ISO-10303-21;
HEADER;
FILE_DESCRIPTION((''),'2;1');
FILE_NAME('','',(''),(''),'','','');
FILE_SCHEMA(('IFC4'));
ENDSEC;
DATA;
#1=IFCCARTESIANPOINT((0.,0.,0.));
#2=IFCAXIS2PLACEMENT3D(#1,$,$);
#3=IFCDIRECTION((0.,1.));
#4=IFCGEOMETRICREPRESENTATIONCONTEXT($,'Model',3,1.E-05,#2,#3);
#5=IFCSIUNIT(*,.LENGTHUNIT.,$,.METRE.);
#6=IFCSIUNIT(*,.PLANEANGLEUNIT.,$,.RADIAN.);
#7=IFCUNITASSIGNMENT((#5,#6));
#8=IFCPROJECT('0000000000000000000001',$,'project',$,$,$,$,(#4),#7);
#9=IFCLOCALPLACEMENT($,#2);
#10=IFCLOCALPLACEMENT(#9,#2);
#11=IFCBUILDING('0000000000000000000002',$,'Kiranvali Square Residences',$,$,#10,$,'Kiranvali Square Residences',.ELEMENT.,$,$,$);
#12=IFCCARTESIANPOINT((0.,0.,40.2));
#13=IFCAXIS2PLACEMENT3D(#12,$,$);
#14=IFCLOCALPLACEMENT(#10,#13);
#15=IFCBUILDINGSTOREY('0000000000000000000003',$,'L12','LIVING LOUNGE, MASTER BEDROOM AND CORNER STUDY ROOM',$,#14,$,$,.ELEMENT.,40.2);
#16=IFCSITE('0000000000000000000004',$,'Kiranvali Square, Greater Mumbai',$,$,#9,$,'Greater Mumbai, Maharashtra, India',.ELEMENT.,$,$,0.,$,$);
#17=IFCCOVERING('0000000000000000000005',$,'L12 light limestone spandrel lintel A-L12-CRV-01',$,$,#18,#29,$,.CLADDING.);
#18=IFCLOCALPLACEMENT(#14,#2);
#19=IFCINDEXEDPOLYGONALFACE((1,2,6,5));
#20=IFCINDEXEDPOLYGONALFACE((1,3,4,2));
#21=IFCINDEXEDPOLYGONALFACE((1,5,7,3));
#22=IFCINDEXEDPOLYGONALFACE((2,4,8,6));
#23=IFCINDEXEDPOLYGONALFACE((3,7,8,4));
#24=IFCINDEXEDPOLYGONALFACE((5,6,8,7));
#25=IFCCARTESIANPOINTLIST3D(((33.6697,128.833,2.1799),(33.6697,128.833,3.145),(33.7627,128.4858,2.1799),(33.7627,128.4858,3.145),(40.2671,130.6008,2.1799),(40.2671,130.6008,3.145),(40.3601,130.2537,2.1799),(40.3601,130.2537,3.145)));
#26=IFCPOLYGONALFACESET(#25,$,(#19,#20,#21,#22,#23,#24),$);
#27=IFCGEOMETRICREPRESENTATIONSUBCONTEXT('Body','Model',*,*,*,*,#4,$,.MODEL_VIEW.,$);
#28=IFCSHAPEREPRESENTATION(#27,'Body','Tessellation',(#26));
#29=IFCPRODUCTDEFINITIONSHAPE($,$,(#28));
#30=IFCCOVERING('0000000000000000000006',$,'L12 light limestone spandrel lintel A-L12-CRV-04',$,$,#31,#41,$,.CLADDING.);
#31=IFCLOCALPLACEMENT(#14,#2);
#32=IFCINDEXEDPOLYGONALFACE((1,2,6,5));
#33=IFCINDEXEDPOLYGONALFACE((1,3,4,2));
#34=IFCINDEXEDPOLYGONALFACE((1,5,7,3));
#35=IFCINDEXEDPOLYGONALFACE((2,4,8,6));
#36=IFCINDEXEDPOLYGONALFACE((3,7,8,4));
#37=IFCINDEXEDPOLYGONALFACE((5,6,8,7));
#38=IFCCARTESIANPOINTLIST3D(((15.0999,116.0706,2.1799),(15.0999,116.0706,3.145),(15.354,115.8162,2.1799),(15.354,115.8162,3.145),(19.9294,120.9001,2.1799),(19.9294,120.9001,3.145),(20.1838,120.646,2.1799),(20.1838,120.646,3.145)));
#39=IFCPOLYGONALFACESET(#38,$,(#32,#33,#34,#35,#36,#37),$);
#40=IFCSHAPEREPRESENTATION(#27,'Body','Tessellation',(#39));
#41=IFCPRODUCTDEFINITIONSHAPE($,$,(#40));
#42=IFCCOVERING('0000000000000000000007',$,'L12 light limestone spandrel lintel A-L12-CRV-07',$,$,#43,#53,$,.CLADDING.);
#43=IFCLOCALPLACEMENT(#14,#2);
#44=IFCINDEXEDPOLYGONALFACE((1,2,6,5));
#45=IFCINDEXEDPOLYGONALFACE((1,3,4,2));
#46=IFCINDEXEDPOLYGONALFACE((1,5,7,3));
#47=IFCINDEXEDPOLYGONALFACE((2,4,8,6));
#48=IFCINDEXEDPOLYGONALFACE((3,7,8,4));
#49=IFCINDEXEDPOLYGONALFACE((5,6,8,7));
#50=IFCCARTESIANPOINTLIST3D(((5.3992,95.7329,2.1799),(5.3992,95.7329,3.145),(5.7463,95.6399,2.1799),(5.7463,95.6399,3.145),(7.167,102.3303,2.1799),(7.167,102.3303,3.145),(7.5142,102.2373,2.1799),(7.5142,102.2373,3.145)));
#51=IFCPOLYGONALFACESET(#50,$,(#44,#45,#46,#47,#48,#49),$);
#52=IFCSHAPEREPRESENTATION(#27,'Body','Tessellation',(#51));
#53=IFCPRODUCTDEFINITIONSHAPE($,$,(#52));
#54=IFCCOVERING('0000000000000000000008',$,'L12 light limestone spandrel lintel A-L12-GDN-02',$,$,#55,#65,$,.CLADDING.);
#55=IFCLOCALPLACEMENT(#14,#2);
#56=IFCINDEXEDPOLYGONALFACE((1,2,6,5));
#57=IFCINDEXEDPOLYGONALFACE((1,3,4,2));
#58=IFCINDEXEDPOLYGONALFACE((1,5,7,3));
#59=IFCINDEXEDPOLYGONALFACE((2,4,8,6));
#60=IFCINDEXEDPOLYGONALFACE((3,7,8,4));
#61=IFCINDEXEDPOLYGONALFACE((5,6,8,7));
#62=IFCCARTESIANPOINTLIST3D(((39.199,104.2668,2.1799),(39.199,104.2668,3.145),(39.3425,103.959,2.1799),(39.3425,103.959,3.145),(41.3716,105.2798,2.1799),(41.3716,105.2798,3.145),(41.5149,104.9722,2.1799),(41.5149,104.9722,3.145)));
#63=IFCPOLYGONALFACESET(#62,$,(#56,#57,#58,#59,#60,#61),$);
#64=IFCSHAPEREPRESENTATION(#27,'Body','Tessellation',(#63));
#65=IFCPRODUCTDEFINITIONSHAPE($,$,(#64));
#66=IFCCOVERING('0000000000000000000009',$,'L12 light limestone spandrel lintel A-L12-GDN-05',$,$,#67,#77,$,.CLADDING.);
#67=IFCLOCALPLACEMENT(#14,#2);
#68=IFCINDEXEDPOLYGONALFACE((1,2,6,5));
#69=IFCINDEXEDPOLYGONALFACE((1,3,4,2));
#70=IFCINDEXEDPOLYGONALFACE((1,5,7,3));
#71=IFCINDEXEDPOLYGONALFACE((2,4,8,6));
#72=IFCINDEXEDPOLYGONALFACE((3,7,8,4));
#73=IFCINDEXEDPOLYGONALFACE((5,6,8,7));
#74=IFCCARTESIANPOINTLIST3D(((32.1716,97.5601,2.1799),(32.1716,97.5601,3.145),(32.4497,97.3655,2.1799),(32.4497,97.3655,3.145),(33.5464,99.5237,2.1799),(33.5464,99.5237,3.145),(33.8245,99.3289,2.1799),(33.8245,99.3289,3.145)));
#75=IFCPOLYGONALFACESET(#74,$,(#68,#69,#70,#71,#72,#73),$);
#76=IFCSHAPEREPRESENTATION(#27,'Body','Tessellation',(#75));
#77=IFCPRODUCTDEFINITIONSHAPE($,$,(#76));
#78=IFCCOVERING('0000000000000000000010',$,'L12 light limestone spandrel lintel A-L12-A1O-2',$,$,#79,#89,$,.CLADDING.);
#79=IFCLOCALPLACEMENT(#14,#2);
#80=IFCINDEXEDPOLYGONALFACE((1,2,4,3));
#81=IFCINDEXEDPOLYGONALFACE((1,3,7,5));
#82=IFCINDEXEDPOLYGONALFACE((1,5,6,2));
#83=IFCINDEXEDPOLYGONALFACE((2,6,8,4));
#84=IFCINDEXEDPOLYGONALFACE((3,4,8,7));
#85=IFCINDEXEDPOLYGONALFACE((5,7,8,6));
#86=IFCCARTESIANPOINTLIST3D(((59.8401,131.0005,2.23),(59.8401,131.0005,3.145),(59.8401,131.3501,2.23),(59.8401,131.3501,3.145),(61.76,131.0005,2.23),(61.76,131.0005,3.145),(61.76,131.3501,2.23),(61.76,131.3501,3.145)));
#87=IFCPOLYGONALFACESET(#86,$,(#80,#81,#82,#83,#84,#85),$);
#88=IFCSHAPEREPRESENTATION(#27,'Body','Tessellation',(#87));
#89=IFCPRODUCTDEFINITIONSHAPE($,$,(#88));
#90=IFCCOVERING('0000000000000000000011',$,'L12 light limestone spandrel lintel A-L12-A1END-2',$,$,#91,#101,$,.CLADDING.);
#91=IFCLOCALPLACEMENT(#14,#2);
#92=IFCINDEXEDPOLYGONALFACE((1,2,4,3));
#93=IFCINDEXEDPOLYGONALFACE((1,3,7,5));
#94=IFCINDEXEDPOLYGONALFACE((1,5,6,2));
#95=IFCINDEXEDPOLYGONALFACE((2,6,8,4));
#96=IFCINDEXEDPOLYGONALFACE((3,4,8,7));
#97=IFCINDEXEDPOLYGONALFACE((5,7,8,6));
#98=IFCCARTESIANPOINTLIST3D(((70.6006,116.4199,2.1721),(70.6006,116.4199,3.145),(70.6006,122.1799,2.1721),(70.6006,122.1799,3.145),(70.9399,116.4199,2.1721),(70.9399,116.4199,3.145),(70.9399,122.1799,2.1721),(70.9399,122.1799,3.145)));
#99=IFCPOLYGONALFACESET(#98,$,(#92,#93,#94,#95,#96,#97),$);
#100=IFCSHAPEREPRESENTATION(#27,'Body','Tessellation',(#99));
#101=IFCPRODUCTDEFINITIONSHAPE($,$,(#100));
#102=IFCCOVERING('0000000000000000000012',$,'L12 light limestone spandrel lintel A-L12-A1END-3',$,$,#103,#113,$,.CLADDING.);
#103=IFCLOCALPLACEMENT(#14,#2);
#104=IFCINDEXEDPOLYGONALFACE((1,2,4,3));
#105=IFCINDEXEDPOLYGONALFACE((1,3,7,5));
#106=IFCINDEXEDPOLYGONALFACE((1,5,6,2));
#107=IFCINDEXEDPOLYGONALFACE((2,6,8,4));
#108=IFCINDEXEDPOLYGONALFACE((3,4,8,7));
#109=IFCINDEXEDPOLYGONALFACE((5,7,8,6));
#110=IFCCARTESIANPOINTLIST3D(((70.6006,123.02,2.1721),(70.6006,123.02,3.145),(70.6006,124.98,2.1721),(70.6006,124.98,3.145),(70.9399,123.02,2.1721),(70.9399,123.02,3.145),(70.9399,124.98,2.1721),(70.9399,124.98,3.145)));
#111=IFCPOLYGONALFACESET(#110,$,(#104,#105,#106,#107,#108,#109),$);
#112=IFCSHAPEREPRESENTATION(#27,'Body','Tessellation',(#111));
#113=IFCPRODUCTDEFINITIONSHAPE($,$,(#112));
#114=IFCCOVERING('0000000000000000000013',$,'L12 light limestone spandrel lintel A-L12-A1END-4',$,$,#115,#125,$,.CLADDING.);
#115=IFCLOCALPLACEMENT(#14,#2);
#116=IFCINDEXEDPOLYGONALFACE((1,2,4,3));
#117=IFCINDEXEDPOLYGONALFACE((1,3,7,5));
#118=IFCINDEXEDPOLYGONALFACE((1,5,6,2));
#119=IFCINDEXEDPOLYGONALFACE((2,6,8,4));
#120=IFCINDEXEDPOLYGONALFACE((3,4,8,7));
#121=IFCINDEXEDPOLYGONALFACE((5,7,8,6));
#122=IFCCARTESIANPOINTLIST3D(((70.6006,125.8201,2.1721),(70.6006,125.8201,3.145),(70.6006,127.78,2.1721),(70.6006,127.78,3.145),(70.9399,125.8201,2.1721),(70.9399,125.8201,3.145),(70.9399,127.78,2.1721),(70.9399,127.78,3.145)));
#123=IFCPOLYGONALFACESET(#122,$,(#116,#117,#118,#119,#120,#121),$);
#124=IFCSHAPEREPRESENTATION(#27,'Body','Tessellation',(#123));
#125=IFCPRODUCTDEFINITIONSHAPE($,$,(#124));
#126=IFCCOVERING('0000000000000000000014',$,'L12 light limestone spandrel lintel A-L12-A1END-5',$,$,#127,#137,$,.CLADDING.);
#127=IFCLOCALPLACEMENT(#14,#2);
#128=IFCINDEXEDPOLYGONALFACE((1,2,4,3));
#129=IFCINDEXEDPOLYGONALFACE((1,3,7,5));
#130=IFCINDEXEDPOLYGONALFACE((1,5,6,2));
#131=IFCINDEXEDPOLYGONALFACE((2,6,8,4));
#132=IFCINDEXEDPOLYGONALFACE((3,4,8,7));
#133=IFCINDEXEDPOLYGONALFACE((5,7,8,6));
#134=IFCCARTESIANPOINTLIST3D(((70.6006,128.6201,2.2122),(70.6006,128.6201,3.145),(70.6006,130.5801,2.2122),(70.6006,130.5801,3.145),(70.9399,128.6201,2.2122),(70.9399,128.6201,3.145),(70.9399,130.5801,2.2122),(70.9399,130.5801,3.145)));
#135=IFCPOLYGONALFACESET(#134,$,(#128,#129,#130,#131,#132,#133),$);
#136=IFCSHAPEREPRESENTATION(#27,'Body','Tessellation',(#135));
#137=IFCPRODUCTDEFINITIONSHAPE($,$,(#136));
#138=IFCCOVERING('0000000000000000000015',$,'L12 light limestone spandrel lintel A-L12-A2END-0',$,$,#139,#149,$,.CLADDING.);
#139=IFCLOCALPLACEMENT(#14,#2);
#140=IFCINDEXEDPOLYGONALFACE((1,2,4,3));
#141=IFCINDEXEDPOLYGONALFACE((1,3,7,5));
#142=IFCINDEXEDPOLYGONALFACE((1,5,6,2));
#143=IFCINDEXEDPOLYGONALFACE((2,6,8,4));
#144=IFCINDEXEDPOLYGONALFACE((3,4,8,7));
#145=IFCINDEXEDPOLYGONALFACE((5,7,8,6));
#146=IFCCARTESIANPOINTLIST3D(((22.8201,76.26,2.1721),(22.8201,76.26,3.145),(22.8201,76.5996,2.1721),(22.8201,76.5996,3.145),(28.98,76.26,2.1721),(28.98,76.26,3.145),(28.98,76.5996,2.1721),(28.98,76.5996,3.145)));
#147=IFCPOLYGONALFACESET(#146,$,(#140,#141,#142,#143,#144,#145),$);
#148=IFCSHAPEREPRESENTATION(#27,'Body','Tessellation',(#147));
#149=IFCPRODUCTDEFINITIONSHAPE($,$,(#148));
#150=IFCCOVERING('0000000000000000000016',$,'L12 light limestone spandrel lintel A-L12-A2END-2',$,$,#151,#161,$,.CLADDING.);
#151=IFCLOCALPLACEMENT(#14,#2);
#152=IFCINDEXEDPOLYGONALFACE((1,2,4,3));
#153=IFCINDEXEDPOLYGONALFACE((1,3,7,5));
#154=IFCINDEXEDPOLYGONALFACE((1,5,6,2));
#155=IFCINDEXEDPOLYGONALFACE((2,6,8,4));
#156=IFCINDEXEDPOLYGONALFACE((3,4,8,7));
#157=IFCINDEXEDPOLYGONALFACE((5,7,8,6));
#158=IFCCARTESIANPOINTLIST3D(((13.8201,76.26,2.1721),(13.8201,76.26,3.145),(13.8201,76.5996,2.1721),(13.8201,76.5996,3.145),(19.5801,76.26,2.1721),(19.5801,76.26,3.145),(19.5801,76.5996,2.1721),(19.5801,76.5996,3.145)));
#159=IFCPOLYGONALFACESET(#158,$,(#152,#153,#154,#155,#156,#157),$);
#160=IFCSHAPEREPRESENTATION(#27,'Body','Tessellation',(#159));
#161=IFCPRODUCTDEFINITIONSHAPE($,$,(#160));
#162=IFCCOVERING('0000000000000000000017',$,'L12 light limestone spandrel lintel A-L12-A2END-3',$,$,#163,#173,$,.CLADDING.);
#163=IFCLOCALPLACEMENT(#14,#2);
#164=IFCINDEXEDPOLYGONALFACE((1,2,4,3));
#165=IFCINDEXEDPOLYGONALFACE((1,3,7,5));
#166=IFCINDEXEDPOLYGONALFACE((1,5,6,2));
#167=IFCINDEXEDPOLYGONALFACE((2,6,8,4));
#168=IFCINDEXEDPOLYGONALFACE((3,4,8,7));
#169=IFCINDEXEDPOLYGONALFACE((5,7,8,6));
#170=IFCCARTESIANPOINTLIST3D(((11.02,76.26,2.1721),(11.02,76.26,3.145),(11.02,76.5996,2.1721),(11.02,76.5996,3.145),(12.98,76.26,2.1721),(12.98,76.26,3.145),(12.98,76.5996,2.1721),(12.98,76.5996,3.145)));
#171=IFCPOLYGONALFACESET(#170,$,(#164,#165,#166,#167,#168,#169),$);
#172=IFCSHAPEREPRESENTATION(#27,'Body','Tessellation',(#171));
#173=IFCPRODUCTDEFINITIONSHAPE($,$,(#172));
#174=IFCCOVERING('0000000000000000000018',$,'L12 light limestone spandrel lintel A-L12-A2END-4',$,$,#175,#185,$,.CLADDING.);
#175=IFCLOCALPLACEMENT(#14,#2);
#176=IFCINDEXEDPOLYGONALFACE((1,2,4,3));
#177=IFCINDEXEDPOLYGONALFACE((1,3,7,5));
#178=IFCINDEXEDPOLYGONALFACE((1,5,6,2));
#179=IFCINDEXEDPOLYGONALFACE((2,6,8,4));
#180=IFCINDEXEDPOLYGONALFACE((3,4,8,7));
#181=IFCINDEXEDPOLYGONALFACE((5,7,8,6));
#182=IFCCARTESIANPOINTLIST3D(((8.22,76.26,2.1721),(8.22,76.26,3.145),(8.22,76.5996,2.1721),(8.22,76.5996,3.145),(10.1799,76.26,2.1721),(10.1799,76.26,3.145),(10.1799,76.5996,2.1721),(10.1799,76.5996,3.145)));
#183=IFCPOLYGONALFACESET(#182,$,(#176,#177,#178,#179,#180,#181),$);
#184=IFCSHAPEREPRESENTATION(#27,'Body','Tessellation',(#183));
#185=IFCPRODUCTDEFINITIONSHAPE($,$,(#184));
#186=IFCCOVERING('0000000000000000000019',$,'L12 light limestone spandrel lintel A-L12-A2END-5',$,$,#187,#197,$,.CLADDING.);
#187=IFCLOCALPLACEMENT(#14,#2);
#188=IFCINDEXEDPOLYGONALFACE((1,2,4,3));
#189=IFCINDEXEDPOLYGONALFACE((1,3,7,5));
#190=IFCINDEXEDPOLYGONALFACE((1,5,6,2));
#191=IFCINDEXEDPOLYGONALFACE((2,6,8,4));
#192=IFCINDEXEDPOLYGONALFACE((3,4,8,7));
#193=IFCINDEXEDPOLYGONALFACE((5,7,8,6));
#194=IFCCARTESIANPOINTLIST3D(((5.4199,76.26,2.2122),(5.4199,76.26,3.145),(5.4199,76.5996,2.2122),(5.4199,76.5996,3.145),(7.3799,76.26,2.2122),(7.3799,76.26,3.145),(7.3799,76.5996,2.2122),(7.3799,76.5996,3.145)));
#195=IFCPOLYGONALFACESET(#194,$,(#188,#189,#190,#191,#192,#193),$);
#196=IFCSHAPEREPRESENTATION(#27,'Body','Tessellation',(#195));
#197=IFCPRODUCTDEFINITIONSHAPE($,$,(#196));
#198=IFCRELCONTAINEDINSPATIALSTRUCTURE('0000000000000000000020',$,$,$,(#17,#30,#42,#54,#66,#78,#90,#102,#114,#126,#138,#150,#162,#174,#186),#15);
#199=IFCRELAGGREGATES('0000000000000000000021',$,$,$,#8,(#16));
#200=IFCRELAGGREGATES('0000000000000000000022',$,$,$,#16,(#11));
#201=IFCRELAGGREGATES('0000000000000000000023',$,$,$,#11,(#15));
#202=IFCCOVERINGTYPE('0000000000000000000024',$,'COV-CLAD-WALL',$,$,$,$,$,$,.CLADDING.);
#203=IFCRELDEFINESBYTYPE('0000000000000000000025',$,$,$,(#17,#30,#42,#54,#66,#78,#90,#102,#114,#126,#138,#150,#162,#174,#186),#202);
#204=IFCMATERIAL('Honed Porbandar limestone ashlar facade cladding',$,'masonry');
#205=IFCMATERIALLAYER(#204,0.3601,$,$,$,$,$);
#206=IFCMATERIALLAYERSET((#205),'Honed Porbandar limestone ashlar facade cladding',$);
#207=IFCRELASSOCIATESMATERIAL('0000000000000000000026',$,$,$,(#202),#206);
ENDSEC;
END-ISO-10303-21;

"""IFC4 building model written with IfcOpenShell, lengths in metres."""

from ifc_helpers import new_model, si_unit, direction, frame, origin, place, context, subcontext, project, spatial, polyline, outline, extrude, material, layer, layer_set, type_object, element, save


model = new_model("IFC4")

# Units and contexts
model_context = context("Model", 3, precision=1e-05, world=origin(), true_north=direction((0.0, 1.0)))
body_context = subcontext(model_context, "Body", "Model", "MODEL_VIEW")
ifc_project = project(units=[si_unit("LENGTHUNIT", "METRE"), si_unit("PLANEANGLEUNIT", "RADIAN")], contexts=[model_context])

# Site, building, storey
site_placement = place(None, origin())
site = spatial("IfcSite", under=ifc_project, at=site_placement, Name="Kiranvali Square, Greater Mumbai", LongName="Greater Mumbai, Maharashtra, India", CompositionType="ELEMENT", RefElevation=0.0)
building_placement = place(site_placement, origin())
building = spatial("IfcBuilding", under=site, at=building_placement, Name="Kiranvali Square Residences", LongName="Kiranvali Square Residences", CompositionType="ELEMENT")
storey_placement = place(building_placement, frame((0.0, 0.0, 40.2)))
storey = spatial("IfcBuildingStorey", under=building, at=storey_placement, Name="L12", Description="LIVING LOUNGE, MASTER BEDROOM AND CORNER STUDY ROOM", CompositionType="ELEMENT", Elevation=40.2)

# Coverings
ifc_material = material(Name="Honed Porbandar limestone ashlar facade cladding", Category="masonry")
ifc_layer = layer(ifc_material, 0.3601)
ifc_layer_set = layer_set([ifc_layer], Name="Honed Porbandar limestone ashlar facade cladding")
covering_type = type_object("IfcCoveringType", Name="COV-CLAD-WALL", PredefinedType="CLADDING", material=ifc_layer_set)
covering_1_placement = place(storey_placement, frame((0.0, 0.0, 2.1799)))
element("IfcCovering", 1, at=covering_1_placement, inside=storey, type_object=covering_type, Name="L12 light limestone spandrel lintel A-L12-CRV-01", PredefinedType="CLADDING", context=body_context, shape_type="SweptSolid", body=[
    extrude(outline(polyline([(40.2671, 130.6008), (33.6697, 128.833), (33.7627, 128.4858), (40.3601, 130.2537), (40.2671, 130.6008)])), origin(), (0.0, 0.0, 1.0), 0.9651),
])
covering_2_placement = place(storey_placement, frame((0.0, 0.0, 2.1799)))
element("IfcCovering", 2, at=covering_2_placement, inside=storey, type_object=covering_type, Name="L12 light limestone spandrel lintel A-L12-CRV-04", PredefinedType="CLADDING", context=body_context, shape_type="SweptSolid", body=[
    extrude(outline(polyline([(19.9294, 120.9001), (15.0999, 116.0706), (15.354, 115.8162), (20.1838, 120.646), (19.9294, 120.9001)])), origin(), (0.0, 0.0, 1.0), 0.9651),
])
covering_3_placement = place(storey_placement, frame((0.0, 0.0, 2.1799)))
element("IfcCovering", 3, at=covering_3_placement, inside=storey, type_object=covering_type, Name="L12 light limestone spandrel lintel A-L12-CRV-07", PredefinedType="CLADDING", context=body_context, shape_type="SweptSolid", body=[
    extrude(outline(polyline([(7.167, 102.3303), (5.3992, 95.7329), (5.7463, 95.6399), (7.5142, 102.2373), (7.167, 102.3303)])), origin(), (0.0, 0.0, 1.0), 0.9651),
])
covering_4_placement = place(storey_placement, frame((0.0, 0.0, 2.1799)))
element("IfcCovering", 4, at=covering_4_placement, inside=storey, type_object=covering_type, Name="L12 light limestone spandrel lintel A-L12-GDN-02", PredefinedType="CLADDING", context=body_context, shape_type="SweptSolid", body=[
    extrude(outline(polyline([(41.3716, 105.2798), (39.199, 104.2668), (39.3425, 103.959), (41.5149, 104.9722), (41.3716, 105.2798)])), origin(), (0.0, 0.0, 1.0), 0.9651),
])
covering_5_placement = place(storey_placement, frame((0.0, 0.0, 2.1799)))
element("IfcCovering", 5, at=covering_5_placement, inside=storey, type_object=covering_type, Name="L12 light limestone spandrel lintel A-L12-GDN-05", PredefinedType="CLADDING", context=body_context, shape_type="SweptSolid", body=[
    extrude(outline(polyline([(33.5464, 99.5237), (32.1716, 97.5601), (32.4497, 97.3655), (33.8245, 99.3289), (33.5464, 99.5237)])), origin(), (0.0, 0.0, 1.0), 0.9651),
])
covering_6_placement = place(storey_placement, frame((0.0, 0.0, 2.23)))
element("IfcCovering", 6, at=covering_6_placement, inside=storey, type_object=covering_type, Name="L12 light limestone spandrel lintel A-L12-A1O-2", PredefinedType="CLADDING", context=body_context, shape_type="SweptSolid", body=[
    extrude(outline(polyline([(59.8401, 131.0005), (61.76, 131.0005), (61.76, 131.3501), (59.8401, 131.3501), (59.8401, 131.0005)])), origin(), (0.0, 0.0, 1.0), 0.915),
])
covering_7_placement = place(storey_placement, frame((0.0, 0.0, 2.1721)))
element("IfcCovering", 7, at=covering_7_placement, inside=storey, type_object=covering_type, Name="L12 light limestone spandrel lintel A-L12-A1END-2", PredefinedType="CLADDING", context=body_context, shape_type="SweptSolid", body=[
    extrude(outline(polyline([(70.9399, 116.4199), (70.9399, 122.1799), (70.6006, 122.1799), (70.6006, 116.4199), (70.9399, 116.4199)])), origin(), (0.0, 0.0, 1.0), 0.9729),
])
covering_8_placement = place(storey_placement, frame((0.0, 0.0, 2.1721)))
element("IfcCovering", 8, at=covering_8_placement, inside=storey, type_object=covering_type, Name="L12 light limestone spandrel lintel A-L12-A1END-3", PredefinedType="CLADDING", context=body_context, shape_type="SweptSolid", body=[
    extrude(outline(polyline([(70.9399, 123.02), (70.9399, 124.98), (70.6006, 124.98), (70.6006, 123.02), (70.9399, 123.02)])), origin(), (0.0, 0.0, 1.0), 0.9729),
])
covering_9_placement = place(storey_placement, frame((0.0, 0.0, 2.1721)))
element("IfcCovering", 9, at=covering_9_placement, inside=storey, type_object=covering_type, Name="L12 light limestone spandrel lintel A-L12-A1END-4", PredefinedType="CLADDING", context=body_context, shape_type="SweptSolid", body=[
    extrude(outline(polyline([(70.9399, 125.8201), (70.9399, 127.78), (70.6006, 127.78), (70.6006, 125.8201), (70.9399, 125.8201)])), origin(), (0.0, 0.0, 1.0), 0.9729),
])
covering_10_placement = place(storey_placement, frame((0.0, 0.0, 2.2122)))
element("IfcCovering", 10, at=covering_10_placement, inside=storey, type_object=covering_type, Name="L12 light limestone spandrel lintel A-L12-A1END-5", PredefinedType="CLADDING", context=body_context, shape_type="SweptSolid", body=[
    extrude(outline(polyline([(70.9399, 128.6201), (70.9399, 130.5801), (70.6006, 130.5801), (70.6006, 128.6201), (70.9399, 128.6201)])), origin(), (0.0, 0.0, 1.0), 0.9329),
])
covering_11_placement = place(storey_placement, frame((0.0, 0.0, 2.1721)))
element("IfcCovering", 11, at=covering_11_placement, inside=storey, type_object=covering_type, Name="L12 light limestone spandrel lintel A-L12-A2END-0", PredefinedType="CLADDING", context=body_context, shape_type="SweptSolid", body=[
    extrude(outline(polyline([(28.98, 76.5996), (22.8201, 76.5996), (22.8201, 76.26), (28.98, 76.26), (28.98, 76.5996)])), origin(), (0.0, 0.0, 1.0), 0.9729),
])
covering_12_placement = place(storey_placement, frame((0.0, 0.0, 2.1721)))
element("IfcCovering", 12, at=covering_12_placement, inside=storey, type_object=covering_type, Name="L12 light limestone spandrel lintel A-L12-A2END-2", PredefinedType="CLADDING", context=body_context, shape_type="SweptSolid", body=[
    extrude(outline(polyline([(19.5801, 76.5996), (13.8201, 76.5996), (13.8201, 76.26), (19.5801, 76.26), (19.5801, 76.5996)])), origin(), (0.0, 0.0, 1.0), 0.9729),
])
covering_13_placement = place(storey_placement, frame((0.0, 0.0, 2.1721)))
element("IfcCovering", 13, at=covering_13_placement, inside=storey, type_object=covering_type, Name="L12 light limestone spandrel lintel A-L12-A2END-3", PredefinedType="CLADDING", context=body_context, shape_type="SweptSolid", body=[
    extrude(outline(polyline([(12.98, 76.5996), (11.02, 76.5996), (11.02, 76.26), (12.98, 76.26), (12.98, 76.5996)])), origin(), (0.0, 0.0, 1.0), 0.9729),
])
covering_14_placement = place(storey_placement, frame((0.0, 0.0, 2.1721)))
element("IfcCovering", 14, at=covering_14_placement, inside=storey, type_object=covering_type, Name="L12 light limestone spandrel lintel A-L12-A2END-4", PredefinedType="CLADDING", context=body_context, shape_type="SweptSolid", body=[
    extrude(outline(polyline([(10.1799, 76.5996), (8.22, 76.5996), (8.22, 76.26), (10.1799, 76.26), (10.1799, 76.5996)])), origin(), (0.0, 0.0, 1.0), 0.9729),
])
covering_15_placement = place(storey_placement, frame((0.0, 0.0, 2.2122)))
element("IfcCovering", 15, at=covering_15_placement, inside=storey, type_object=covering_type, Name="L12 light limestone spandrel lintel A-L12-A2END-5", PredefinedType="CLADDING", context=body_context, shape_type="SweptSolid", body=[
    extrude(outline(polyline([(7.3799, 76.5996), (5.4199, 76.5996), (5.4199, 76.26), (7.3799, 76.26), (7.3799, 76.5996)])), origin(), (0.0, 0.0, 1.0), 0.9329),
])

save(model, "model.ifc")
